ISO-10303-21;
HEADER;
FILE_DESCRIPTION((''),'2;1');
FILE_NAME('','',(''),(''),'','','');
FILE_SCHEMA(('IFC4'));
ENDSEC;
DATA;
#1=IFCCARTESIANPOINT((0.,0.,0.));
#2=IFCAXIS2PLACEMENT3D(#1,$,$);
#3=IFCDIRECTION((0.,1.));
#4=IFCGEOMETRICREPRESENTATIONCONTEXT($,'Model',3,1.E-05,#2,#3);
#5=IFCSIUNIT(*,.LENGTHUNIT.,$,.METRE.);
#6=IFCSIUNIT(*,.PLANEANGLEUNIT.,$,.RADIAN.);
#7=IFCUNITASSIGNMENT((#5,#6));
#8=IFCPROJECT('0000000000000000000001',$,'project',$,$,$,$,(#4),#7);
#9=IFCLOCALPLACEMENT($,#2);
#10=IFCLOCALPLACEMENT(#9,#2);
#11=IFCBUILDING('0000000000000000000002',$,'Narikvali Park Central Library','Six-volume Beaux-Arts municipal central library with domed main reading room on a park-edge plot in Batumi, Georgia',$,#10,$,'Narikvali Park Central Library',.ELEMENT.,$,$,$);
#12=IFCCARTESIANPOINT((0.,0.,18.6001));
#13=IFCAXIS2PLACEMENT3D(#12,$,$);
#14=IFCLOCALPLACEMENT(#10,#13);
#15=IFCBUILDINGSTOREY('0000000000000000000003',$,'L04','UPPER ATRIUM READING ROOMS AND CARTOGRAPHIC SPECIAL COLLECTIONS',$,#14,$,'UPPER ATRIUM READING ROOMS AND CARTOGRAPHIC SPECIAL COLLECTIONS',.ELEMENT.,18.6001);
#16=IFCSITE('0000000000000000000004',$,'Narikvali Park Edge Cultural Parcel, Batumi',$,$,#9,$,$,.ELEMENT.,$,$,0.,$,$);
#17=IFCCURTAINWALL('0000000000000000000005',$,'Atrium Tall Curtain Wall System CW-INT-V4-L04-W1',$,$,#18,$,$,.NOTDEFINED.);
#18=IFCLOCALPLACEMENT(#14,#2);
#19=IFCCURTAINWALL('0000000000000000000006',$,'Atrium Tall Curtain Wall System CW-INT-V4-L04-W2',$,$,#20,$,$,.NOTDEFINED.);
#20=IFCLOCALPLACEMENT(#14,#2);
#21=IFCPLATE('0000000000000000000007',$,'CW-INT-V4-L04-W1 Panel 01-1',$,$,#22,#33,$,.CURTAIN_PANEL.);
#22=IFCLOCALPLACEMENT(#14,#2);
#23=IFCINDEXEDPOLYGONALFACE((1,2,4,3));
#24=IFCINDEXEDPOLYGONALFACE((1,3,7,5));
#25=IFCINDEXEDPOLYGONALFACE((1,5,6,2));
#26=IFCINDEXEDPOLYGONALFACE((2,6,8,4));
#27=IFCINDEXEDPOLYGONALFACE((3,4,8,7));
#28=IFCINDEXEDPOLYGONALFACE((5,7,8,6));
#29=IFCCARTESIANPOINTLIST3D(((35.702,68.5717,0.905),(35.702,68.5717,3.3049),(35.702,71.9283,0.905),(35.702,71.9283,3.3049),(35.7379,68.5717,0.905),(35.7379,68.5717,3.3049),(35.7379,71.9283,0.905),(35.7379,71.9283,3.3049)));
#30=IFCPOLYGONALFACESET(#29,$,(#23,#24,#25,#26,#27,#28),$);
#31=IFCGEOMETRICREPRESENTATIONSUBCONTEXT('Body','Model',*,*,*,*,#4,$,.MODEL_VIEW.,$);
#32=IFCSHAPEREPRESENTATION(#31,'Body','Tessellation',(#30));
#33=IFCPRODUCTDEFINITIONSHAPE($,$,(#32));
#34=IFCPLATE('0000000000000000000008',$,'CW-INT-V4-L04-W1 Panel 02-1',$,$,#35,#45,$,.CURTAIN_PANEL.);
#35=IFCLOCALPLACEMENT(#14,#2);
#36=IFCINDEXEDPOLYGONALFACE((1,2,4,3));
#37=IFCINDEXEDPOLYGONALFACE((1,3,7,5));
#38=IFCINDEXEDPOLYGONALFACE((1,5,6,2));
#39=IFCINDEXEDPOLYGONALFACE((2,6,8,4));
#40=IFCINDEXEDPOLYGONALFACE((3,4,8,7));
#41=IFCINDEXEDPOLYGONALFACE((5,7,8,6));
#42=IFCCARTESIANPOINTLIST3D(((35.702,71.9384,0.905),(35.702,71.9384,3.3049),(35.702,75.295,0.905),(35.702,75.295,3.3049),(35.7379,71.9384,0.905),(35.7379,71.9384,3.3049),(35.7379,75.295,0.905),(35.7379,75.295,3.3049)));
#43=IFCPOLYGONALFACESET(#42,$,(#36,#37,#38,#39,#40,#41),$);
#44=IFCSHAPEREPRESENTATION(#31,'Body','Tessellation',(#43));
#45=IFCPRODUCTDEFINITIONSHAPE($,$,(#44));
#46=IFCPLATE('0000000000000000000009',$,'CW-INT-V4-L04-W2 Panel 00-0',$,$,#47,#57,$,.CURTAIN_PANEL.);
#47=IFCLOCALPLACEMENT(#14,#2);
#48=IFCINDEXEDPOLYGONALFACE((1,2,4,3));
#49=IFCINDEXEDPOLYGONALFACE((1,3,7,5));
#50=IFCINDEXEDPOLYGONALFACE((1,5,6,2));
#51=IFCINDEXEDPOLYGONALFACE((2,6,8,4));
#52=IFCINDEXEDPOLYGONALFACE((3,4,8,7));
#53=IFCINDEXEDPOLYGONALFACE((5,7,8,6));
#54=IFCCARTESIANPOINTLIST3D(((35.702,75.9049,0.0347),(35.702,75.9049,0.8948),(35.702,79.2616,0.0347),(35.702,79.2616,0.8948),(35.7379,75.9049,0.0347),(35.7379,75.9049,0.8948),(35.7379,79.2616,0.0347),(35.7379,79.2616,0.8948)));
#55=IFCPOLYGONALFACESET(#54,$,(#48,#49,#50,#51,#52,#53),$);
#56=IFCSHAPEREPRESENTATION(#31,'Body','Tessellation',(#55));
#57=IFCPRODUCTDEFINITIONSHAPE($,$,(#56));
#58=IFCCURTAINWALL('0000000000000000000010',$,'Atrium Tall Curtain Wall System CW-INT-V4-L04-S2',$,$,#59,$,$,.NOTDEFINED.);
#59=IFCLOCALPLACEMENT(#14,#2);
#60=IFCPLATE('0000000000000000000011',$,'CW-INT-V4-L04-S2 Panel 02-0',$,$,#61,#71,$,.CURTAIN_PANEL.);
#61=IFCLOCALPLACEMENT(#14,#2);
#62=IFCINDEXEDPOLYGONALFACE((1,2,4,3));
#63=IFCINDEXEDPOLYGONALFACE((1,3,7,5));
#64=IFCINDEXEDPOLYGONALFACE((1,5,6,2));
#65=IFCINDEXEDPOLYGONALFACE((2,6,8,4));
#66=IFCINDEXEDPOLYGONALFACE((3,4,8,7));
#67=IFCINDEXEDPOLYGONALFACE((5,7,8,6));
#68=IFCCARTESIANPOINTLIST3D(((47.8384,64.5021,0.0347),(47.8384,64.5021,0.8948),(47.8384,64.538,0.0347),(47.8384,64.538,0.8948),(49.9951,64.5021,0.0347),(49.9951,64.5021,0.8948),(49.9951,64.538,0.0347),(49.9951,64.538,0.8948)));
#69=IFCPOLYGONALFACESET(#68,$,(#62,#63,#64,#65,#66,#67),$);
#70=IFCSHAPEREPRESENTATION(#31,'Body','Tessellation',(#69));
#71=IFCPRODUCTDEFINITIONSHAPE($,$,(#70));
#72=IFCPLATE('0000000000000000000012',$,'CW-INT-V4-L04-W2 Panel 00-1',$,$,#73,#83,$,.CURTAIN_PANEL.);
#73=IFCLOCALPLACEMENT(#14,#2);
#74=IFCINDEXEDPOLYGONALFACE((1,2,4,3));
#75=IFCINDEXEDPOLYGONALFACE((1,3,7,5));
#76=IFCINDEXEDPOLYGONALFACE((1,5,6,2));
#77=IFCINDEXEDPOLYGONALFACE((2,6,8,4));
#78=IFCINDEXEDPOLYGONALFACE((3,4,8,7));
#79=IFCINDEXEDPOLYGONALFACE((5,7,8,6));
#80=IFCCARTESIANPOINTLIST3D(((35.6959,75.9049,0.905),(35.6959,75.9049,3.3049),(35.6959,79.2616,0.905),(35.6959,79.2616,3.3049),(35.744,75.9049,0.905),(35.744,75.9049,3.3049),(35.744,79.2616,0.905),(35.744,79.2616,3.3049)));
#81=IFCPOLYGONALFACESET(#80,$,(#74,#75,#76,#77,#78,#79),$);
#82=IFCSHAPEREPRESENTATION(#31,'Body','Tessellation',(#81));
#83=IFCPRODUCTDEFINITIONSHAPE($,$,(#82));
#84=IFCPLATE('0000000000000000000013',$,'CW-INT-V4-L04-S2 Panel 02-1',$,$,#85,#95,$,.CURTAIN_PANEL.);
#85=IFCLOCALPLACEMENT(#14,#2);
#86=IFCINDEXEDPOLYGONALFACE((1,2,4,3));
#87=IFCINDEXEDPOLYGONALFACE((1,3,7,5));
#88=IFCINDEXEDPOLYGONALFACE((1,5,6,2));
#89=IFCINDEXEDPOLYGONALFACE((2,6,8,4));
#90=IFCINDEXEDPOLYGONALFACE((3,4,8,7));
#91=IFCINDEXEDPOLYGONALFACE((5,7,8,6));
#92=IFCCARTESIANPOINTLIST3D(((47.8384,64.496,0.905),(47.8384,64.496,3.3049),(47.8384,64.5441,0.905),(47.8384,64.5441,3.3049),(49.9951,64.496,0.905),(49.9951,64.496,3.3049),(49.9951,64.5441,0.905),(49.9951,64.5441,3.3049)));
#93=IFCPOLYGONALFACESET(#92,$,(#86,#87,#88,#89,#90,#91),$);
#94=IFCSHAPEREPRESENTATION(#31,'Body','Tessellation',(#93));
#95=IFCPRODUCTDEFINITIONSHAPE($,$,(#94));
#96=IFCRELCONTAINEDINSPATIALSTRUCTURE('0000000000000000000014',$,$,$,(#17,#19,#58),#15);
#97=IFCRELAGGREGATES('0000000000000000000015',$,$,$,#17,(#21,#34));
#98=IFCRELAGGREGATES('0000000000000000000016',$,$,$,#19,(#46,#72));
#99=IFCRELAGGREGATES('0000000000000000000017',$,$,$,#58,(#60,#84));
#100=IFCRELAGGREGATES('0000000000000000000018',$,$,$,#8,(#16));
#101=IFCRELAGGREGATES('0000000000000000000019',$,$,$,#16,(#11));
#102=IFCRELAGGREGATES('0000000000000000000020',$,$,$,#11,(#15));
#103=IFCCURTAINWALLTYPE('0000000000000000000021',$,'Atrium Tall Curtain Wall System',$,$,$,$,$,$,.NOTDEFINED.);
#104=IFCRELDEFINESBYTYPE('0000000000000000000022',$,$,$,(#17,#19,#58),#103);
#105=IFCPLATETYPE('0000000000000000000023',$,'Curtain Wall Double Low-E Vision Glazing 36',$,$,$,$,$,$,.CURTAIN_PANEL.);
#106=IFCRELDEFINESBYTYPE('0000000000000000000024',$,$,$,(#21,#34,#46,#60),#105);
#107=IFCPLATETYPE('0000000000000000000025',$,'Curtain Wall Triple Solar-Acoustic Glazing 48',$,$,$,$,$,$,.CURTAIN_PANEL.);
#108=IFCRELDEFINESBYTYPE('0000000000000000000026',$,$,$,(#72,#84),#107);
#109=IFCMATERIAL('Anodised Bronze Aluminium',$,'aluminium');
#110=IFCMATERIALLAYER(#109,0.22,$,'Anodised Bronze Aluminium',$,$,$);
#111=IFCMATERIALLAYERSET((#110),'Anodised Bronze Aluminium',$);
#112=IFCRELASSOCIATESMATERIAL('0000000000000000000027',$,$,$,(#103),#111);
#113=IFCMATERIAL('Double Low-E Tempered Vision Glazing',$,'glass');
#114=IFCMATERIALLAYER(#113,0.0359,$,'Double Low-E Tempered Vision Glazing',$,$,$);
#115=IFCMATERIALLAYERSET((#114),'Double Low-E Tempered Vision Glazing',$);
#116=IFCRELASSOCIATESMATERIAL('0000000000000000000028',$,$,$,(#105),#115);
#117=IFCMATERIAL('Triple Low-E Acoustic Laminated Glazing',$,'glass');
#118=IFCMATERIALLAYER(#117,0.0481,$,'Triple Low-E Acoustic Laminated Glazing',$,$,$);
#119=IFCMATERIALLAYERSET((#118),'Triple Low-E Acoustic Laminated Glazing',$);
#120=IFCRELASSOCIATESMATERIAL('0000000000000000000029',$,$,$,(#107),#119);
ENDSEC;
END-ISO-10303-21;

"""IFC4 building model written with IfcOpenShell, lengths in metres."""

from ifc_helpers import new_model, si_unit, direction, frame, origin, origin_2d, place, context, subcontext, project, spatial, rectangle, extrude, material, layer, layer_set, type_object, element, aggregate, save


model = new_model("IFC4")

# Units and contexts
model_context = context("Model", 3, precision=1e-05, world=origin(), true_north=direction((0.0, 1.0)))
body_context = subcontext(model_context, "Body", "Model", "MODEL_VIEW")
ifc_project = project(units=[si_unit("LENGTHUNIT", "METRE"), si_unit("PLANEANGLEUNIT", "RADIAN")], contexts=[model_context])

# Site, building, storey
site_placement = place(None, origin())
site = spatial("IfcSite", under=ifc_project, at=site_placement, Name="Narikvali Park Edge Cultural Parcel, Batumi", CompositionType="ELEMENT", RefElevation=0.0)
building_placement = place(site_placement, origin())
building = spatial("IfcBuilding", under=site, at=building_placement, Name="Narikvali Park Central Library", Description="Six-volume Beaux-Arts municipal central library with domed main reading room on a park-edge plot in Batumi, Georgia", LongName="Narikvali Park Central Library", CompositionType="ELEMENT")
storey_placement = place(building_placement, frame((0.0, 0.0, 18.6001)))
storey = spatial("IfcBuildingStorey", under=building, at=storey_placement, Name="L04", Description="UPPER ATRIUM READING ROOMS AND CARTOGRAPHIC SPECIAL COLLECTIONS", LongName="UPPER ATRIUM READING ROOMS AND CARTOGRAPHIC SPECIAL COLLECTIONS", CompositionType="ELEMENT", Elevation=18.6001)

# Curtain walls
ifc_material_1 = material(Name="Anodised Bronze Aluminium", Category="aluminium")
ifc_layer_1 = layer(ifc_material_1, 0.22, Name="Anodised Bronze Aluminium")
ifc_layer_set_1 = layer_set([ifc_layer_1], Name="Anodised Bronze Aluminium")
curtain_wall_type = type_object("IfcCurtainWallType", Name="Atrium Tall Curtain Wall System", PredefinedType="NOTDEFINED", material=ifc_layer_set_1)
curtain_wall_1_placement = place(storey_placement, origin())
curtain_wall_1 = element("IfcCurtainWall", 1, at=curtain_wall_1_placement, inside=storey, type_object=curtain_wall_type, Name="Atrium Tall Curtain Wall System CW-INT-V4-L04-W1", PredefinedType="NOTDEFINED")
curtain_wall_2_placement = place(storey_placement, origin())
curtain_wall_2 = element("IfcCurtainWall", 2, at=curtain_wall_2_placement, inside=storey, type_object=curtain_wall_type, Name="Atrium Tall Curtain Wall System CW-INT-V4-L04-W2", PredefinedType="NOTDEFINED")

# Plates
ifc_material_2 = material(Name="Double Low-E Tempered Vision Glazing", Category="glass")
ifc_layer_2 = layer(ifc_material_2, 0.0359, Name="Double Low-E Tempered Vision Glazing")
ifc_layer_set_2 = layer_set([ifc_layer_2], Name="Double Low-E Tempered Vision Glazing")
plate_type_1 = type_object("IfcPlateType", Name="Curtain Wall Double Low-E Vision Glazing 36", PredefinedType="CURTAIN_PANEL", material=ifc_layer_set_2)
plate_1_placement = place(storey_placement, frame((35.72, 70.25, 0.905), z_axis=(0.0, 0.0, 1.0), x_axis=(0.0, 1.0, 0.0)))
plate_1 = element("IfcPlate", 3, at=plate_1_placement, type_object=plate_type_1, Name="CW-INT-V4-L04-W1 Panel 01-1", PredefinedType="CURTAIN_PANEL", context=body_context, shape_type="SweptSolid", body=[
    extrude(rectangle(XDim=3.3567, YDim=0.0359, at=origin_2d()), origin(), (0.0, 0.0, 1.0), 2.3999),
])
plate_2_placement = place(storey_placement, frame((35.72, 73.6167, 0.905), z_axis=(0.0, 0.0, 1.0), x_axis=(0.0, 1.0, 0.0)))
plate_2 = element("IfcPlate", 4, at=plate_2_placement, type_object=plate_type_1, Name="CW-INT-V4-L04-W1 Panel 02-1", PredefinedType="CURTAIN_PANEL", context=body_context, shape_type="SweptSolid", body=[
    extrude(rectangle(XDim=3.3567, YDim=0.0359, at=origin_2d()), origin(), (0.0, 0.0, 1.0), 2.3999),
])
aggregate(curtain_wall_1, [plate_1, plate_2])
plate_3_placement = place(storey_placement, frame((35.72, 77.5833, 0.0347), z_axis=(0.0, 0.0, 1.0), x_axis=(0.0, 1.0, 0.0)))
plate_3 = element("IfcPlate", 5, at=plate_3_placement, type_object=plate_type_1, Name="CW-INT-V4-L04-W2 Panel 00-0", PredefinedType="CURTAIN_PANEL", context=body_context, shape_type="SweptSolid", body=[
    extrude(rectangle(XDim=3.3567, YDim=0.0359, at=origin_2d()), origin(), (0.0, 0.0, 1.0), 0.8601),
])

# Curtain wall, plate
curtain_wall_3_placement = place(storey_placement, origin())
curtain_wall_3 = element("IfcCurtainWall", 6, at=curtain_wall_3_placement, inside=storey, type_object=curtain_wall_type, Name="Atrium Tall Curtain Wall System CW-INT-V4-L04-S2", PredefinedType="NOTDEFINED")
plate_4_placement = place(storey_placement, frame((48.9167, 64.52, 0.0347), z_axis=(0.0, 0.0, 1.0), x_axis=(1.0, 0.0, 0.0)))
plate_4 = element("IfcPlate", 7, at=plate_4_placement, type_object=plate_type_1, Name="CW-INT-V4-L04-S2 Panel 02-0", PredefinedType="CURTAIN_PANEL", context=body_context, shape_type="SweptSolid", body=[
    extrude(rectangle(XDim=2.1567, YDim=0.0359, at=origin_2d()), origin(), (0.0, 0.0, 1.0), 0.8601),
])

# Plates
ifc_material_3 = material(Name="Triple Low-E Acoustic Laminated Glazing", Category="glass")
ifc_layer_3 = layer(ifc_material_3, 0.0481, Name="Triple Low-E Acoustic Laminated Glazing")
ifc_layer_set_3 = layer_set([ifc_layer_3], Name="Triple Low-E Acoustic Laminated Glazing")
plate_type_2 = type_object("IfcPlateType", Name="Curtain Wall Triple Solar-Acoustic Glazing 48", PredefinedType="CURTAIN_PANEL", material=ifc_layer_set_3)
plate_5_placement = place(storey_placement, frame((35.72, 77.5833, 0.905), z_axis=(0.0, 0.0, 1.0), x_axis=(0.0, 1.0, 0.0)))
plate_5 = element("IfcPlate", 8, at=plate_5_placement, type_object=plate_type_2, Name="CW-INT-V4-L04-W2 Panel 00-1", PredefinedType="CURTAIN_PANEL", context=body_context, shape_type="SweptSolid", body=[
    extrude(rectangle(XDim=3.3567, YDim=0.0481, at=origin_2d()), origin(), (0.0, 0.0, 1.0), 2.3999),
])
aggregate(curtain_wall_2, [plate_3, plate_5])
plate_6_placement = place(storey_placement, frame((48.9167, 64.52, 0.905), z_axis=(0.0, 0.0, 1.0), x_axis=(1.0, 0.0, 0.0)))
plate_6 = element("IfcPlate", 9, at=plate_6_placement, type_object=plate_type_2, Name="CW-INT-V4-L04-S2 Panel 02-1", PredefinedType="CURTAIN_PANEL", context=body_context, shape_type="SweptSolid", body=[
    extrude(rectangle(XDim=2.1567, YDim=0.0481, at=origin_2d()), origin(), (0.0, 0.0, 1.0), 2.3999),
])
aggregate(curtain_wall_3, [plate_4, plate_6])

save(model, "model.ifc")
